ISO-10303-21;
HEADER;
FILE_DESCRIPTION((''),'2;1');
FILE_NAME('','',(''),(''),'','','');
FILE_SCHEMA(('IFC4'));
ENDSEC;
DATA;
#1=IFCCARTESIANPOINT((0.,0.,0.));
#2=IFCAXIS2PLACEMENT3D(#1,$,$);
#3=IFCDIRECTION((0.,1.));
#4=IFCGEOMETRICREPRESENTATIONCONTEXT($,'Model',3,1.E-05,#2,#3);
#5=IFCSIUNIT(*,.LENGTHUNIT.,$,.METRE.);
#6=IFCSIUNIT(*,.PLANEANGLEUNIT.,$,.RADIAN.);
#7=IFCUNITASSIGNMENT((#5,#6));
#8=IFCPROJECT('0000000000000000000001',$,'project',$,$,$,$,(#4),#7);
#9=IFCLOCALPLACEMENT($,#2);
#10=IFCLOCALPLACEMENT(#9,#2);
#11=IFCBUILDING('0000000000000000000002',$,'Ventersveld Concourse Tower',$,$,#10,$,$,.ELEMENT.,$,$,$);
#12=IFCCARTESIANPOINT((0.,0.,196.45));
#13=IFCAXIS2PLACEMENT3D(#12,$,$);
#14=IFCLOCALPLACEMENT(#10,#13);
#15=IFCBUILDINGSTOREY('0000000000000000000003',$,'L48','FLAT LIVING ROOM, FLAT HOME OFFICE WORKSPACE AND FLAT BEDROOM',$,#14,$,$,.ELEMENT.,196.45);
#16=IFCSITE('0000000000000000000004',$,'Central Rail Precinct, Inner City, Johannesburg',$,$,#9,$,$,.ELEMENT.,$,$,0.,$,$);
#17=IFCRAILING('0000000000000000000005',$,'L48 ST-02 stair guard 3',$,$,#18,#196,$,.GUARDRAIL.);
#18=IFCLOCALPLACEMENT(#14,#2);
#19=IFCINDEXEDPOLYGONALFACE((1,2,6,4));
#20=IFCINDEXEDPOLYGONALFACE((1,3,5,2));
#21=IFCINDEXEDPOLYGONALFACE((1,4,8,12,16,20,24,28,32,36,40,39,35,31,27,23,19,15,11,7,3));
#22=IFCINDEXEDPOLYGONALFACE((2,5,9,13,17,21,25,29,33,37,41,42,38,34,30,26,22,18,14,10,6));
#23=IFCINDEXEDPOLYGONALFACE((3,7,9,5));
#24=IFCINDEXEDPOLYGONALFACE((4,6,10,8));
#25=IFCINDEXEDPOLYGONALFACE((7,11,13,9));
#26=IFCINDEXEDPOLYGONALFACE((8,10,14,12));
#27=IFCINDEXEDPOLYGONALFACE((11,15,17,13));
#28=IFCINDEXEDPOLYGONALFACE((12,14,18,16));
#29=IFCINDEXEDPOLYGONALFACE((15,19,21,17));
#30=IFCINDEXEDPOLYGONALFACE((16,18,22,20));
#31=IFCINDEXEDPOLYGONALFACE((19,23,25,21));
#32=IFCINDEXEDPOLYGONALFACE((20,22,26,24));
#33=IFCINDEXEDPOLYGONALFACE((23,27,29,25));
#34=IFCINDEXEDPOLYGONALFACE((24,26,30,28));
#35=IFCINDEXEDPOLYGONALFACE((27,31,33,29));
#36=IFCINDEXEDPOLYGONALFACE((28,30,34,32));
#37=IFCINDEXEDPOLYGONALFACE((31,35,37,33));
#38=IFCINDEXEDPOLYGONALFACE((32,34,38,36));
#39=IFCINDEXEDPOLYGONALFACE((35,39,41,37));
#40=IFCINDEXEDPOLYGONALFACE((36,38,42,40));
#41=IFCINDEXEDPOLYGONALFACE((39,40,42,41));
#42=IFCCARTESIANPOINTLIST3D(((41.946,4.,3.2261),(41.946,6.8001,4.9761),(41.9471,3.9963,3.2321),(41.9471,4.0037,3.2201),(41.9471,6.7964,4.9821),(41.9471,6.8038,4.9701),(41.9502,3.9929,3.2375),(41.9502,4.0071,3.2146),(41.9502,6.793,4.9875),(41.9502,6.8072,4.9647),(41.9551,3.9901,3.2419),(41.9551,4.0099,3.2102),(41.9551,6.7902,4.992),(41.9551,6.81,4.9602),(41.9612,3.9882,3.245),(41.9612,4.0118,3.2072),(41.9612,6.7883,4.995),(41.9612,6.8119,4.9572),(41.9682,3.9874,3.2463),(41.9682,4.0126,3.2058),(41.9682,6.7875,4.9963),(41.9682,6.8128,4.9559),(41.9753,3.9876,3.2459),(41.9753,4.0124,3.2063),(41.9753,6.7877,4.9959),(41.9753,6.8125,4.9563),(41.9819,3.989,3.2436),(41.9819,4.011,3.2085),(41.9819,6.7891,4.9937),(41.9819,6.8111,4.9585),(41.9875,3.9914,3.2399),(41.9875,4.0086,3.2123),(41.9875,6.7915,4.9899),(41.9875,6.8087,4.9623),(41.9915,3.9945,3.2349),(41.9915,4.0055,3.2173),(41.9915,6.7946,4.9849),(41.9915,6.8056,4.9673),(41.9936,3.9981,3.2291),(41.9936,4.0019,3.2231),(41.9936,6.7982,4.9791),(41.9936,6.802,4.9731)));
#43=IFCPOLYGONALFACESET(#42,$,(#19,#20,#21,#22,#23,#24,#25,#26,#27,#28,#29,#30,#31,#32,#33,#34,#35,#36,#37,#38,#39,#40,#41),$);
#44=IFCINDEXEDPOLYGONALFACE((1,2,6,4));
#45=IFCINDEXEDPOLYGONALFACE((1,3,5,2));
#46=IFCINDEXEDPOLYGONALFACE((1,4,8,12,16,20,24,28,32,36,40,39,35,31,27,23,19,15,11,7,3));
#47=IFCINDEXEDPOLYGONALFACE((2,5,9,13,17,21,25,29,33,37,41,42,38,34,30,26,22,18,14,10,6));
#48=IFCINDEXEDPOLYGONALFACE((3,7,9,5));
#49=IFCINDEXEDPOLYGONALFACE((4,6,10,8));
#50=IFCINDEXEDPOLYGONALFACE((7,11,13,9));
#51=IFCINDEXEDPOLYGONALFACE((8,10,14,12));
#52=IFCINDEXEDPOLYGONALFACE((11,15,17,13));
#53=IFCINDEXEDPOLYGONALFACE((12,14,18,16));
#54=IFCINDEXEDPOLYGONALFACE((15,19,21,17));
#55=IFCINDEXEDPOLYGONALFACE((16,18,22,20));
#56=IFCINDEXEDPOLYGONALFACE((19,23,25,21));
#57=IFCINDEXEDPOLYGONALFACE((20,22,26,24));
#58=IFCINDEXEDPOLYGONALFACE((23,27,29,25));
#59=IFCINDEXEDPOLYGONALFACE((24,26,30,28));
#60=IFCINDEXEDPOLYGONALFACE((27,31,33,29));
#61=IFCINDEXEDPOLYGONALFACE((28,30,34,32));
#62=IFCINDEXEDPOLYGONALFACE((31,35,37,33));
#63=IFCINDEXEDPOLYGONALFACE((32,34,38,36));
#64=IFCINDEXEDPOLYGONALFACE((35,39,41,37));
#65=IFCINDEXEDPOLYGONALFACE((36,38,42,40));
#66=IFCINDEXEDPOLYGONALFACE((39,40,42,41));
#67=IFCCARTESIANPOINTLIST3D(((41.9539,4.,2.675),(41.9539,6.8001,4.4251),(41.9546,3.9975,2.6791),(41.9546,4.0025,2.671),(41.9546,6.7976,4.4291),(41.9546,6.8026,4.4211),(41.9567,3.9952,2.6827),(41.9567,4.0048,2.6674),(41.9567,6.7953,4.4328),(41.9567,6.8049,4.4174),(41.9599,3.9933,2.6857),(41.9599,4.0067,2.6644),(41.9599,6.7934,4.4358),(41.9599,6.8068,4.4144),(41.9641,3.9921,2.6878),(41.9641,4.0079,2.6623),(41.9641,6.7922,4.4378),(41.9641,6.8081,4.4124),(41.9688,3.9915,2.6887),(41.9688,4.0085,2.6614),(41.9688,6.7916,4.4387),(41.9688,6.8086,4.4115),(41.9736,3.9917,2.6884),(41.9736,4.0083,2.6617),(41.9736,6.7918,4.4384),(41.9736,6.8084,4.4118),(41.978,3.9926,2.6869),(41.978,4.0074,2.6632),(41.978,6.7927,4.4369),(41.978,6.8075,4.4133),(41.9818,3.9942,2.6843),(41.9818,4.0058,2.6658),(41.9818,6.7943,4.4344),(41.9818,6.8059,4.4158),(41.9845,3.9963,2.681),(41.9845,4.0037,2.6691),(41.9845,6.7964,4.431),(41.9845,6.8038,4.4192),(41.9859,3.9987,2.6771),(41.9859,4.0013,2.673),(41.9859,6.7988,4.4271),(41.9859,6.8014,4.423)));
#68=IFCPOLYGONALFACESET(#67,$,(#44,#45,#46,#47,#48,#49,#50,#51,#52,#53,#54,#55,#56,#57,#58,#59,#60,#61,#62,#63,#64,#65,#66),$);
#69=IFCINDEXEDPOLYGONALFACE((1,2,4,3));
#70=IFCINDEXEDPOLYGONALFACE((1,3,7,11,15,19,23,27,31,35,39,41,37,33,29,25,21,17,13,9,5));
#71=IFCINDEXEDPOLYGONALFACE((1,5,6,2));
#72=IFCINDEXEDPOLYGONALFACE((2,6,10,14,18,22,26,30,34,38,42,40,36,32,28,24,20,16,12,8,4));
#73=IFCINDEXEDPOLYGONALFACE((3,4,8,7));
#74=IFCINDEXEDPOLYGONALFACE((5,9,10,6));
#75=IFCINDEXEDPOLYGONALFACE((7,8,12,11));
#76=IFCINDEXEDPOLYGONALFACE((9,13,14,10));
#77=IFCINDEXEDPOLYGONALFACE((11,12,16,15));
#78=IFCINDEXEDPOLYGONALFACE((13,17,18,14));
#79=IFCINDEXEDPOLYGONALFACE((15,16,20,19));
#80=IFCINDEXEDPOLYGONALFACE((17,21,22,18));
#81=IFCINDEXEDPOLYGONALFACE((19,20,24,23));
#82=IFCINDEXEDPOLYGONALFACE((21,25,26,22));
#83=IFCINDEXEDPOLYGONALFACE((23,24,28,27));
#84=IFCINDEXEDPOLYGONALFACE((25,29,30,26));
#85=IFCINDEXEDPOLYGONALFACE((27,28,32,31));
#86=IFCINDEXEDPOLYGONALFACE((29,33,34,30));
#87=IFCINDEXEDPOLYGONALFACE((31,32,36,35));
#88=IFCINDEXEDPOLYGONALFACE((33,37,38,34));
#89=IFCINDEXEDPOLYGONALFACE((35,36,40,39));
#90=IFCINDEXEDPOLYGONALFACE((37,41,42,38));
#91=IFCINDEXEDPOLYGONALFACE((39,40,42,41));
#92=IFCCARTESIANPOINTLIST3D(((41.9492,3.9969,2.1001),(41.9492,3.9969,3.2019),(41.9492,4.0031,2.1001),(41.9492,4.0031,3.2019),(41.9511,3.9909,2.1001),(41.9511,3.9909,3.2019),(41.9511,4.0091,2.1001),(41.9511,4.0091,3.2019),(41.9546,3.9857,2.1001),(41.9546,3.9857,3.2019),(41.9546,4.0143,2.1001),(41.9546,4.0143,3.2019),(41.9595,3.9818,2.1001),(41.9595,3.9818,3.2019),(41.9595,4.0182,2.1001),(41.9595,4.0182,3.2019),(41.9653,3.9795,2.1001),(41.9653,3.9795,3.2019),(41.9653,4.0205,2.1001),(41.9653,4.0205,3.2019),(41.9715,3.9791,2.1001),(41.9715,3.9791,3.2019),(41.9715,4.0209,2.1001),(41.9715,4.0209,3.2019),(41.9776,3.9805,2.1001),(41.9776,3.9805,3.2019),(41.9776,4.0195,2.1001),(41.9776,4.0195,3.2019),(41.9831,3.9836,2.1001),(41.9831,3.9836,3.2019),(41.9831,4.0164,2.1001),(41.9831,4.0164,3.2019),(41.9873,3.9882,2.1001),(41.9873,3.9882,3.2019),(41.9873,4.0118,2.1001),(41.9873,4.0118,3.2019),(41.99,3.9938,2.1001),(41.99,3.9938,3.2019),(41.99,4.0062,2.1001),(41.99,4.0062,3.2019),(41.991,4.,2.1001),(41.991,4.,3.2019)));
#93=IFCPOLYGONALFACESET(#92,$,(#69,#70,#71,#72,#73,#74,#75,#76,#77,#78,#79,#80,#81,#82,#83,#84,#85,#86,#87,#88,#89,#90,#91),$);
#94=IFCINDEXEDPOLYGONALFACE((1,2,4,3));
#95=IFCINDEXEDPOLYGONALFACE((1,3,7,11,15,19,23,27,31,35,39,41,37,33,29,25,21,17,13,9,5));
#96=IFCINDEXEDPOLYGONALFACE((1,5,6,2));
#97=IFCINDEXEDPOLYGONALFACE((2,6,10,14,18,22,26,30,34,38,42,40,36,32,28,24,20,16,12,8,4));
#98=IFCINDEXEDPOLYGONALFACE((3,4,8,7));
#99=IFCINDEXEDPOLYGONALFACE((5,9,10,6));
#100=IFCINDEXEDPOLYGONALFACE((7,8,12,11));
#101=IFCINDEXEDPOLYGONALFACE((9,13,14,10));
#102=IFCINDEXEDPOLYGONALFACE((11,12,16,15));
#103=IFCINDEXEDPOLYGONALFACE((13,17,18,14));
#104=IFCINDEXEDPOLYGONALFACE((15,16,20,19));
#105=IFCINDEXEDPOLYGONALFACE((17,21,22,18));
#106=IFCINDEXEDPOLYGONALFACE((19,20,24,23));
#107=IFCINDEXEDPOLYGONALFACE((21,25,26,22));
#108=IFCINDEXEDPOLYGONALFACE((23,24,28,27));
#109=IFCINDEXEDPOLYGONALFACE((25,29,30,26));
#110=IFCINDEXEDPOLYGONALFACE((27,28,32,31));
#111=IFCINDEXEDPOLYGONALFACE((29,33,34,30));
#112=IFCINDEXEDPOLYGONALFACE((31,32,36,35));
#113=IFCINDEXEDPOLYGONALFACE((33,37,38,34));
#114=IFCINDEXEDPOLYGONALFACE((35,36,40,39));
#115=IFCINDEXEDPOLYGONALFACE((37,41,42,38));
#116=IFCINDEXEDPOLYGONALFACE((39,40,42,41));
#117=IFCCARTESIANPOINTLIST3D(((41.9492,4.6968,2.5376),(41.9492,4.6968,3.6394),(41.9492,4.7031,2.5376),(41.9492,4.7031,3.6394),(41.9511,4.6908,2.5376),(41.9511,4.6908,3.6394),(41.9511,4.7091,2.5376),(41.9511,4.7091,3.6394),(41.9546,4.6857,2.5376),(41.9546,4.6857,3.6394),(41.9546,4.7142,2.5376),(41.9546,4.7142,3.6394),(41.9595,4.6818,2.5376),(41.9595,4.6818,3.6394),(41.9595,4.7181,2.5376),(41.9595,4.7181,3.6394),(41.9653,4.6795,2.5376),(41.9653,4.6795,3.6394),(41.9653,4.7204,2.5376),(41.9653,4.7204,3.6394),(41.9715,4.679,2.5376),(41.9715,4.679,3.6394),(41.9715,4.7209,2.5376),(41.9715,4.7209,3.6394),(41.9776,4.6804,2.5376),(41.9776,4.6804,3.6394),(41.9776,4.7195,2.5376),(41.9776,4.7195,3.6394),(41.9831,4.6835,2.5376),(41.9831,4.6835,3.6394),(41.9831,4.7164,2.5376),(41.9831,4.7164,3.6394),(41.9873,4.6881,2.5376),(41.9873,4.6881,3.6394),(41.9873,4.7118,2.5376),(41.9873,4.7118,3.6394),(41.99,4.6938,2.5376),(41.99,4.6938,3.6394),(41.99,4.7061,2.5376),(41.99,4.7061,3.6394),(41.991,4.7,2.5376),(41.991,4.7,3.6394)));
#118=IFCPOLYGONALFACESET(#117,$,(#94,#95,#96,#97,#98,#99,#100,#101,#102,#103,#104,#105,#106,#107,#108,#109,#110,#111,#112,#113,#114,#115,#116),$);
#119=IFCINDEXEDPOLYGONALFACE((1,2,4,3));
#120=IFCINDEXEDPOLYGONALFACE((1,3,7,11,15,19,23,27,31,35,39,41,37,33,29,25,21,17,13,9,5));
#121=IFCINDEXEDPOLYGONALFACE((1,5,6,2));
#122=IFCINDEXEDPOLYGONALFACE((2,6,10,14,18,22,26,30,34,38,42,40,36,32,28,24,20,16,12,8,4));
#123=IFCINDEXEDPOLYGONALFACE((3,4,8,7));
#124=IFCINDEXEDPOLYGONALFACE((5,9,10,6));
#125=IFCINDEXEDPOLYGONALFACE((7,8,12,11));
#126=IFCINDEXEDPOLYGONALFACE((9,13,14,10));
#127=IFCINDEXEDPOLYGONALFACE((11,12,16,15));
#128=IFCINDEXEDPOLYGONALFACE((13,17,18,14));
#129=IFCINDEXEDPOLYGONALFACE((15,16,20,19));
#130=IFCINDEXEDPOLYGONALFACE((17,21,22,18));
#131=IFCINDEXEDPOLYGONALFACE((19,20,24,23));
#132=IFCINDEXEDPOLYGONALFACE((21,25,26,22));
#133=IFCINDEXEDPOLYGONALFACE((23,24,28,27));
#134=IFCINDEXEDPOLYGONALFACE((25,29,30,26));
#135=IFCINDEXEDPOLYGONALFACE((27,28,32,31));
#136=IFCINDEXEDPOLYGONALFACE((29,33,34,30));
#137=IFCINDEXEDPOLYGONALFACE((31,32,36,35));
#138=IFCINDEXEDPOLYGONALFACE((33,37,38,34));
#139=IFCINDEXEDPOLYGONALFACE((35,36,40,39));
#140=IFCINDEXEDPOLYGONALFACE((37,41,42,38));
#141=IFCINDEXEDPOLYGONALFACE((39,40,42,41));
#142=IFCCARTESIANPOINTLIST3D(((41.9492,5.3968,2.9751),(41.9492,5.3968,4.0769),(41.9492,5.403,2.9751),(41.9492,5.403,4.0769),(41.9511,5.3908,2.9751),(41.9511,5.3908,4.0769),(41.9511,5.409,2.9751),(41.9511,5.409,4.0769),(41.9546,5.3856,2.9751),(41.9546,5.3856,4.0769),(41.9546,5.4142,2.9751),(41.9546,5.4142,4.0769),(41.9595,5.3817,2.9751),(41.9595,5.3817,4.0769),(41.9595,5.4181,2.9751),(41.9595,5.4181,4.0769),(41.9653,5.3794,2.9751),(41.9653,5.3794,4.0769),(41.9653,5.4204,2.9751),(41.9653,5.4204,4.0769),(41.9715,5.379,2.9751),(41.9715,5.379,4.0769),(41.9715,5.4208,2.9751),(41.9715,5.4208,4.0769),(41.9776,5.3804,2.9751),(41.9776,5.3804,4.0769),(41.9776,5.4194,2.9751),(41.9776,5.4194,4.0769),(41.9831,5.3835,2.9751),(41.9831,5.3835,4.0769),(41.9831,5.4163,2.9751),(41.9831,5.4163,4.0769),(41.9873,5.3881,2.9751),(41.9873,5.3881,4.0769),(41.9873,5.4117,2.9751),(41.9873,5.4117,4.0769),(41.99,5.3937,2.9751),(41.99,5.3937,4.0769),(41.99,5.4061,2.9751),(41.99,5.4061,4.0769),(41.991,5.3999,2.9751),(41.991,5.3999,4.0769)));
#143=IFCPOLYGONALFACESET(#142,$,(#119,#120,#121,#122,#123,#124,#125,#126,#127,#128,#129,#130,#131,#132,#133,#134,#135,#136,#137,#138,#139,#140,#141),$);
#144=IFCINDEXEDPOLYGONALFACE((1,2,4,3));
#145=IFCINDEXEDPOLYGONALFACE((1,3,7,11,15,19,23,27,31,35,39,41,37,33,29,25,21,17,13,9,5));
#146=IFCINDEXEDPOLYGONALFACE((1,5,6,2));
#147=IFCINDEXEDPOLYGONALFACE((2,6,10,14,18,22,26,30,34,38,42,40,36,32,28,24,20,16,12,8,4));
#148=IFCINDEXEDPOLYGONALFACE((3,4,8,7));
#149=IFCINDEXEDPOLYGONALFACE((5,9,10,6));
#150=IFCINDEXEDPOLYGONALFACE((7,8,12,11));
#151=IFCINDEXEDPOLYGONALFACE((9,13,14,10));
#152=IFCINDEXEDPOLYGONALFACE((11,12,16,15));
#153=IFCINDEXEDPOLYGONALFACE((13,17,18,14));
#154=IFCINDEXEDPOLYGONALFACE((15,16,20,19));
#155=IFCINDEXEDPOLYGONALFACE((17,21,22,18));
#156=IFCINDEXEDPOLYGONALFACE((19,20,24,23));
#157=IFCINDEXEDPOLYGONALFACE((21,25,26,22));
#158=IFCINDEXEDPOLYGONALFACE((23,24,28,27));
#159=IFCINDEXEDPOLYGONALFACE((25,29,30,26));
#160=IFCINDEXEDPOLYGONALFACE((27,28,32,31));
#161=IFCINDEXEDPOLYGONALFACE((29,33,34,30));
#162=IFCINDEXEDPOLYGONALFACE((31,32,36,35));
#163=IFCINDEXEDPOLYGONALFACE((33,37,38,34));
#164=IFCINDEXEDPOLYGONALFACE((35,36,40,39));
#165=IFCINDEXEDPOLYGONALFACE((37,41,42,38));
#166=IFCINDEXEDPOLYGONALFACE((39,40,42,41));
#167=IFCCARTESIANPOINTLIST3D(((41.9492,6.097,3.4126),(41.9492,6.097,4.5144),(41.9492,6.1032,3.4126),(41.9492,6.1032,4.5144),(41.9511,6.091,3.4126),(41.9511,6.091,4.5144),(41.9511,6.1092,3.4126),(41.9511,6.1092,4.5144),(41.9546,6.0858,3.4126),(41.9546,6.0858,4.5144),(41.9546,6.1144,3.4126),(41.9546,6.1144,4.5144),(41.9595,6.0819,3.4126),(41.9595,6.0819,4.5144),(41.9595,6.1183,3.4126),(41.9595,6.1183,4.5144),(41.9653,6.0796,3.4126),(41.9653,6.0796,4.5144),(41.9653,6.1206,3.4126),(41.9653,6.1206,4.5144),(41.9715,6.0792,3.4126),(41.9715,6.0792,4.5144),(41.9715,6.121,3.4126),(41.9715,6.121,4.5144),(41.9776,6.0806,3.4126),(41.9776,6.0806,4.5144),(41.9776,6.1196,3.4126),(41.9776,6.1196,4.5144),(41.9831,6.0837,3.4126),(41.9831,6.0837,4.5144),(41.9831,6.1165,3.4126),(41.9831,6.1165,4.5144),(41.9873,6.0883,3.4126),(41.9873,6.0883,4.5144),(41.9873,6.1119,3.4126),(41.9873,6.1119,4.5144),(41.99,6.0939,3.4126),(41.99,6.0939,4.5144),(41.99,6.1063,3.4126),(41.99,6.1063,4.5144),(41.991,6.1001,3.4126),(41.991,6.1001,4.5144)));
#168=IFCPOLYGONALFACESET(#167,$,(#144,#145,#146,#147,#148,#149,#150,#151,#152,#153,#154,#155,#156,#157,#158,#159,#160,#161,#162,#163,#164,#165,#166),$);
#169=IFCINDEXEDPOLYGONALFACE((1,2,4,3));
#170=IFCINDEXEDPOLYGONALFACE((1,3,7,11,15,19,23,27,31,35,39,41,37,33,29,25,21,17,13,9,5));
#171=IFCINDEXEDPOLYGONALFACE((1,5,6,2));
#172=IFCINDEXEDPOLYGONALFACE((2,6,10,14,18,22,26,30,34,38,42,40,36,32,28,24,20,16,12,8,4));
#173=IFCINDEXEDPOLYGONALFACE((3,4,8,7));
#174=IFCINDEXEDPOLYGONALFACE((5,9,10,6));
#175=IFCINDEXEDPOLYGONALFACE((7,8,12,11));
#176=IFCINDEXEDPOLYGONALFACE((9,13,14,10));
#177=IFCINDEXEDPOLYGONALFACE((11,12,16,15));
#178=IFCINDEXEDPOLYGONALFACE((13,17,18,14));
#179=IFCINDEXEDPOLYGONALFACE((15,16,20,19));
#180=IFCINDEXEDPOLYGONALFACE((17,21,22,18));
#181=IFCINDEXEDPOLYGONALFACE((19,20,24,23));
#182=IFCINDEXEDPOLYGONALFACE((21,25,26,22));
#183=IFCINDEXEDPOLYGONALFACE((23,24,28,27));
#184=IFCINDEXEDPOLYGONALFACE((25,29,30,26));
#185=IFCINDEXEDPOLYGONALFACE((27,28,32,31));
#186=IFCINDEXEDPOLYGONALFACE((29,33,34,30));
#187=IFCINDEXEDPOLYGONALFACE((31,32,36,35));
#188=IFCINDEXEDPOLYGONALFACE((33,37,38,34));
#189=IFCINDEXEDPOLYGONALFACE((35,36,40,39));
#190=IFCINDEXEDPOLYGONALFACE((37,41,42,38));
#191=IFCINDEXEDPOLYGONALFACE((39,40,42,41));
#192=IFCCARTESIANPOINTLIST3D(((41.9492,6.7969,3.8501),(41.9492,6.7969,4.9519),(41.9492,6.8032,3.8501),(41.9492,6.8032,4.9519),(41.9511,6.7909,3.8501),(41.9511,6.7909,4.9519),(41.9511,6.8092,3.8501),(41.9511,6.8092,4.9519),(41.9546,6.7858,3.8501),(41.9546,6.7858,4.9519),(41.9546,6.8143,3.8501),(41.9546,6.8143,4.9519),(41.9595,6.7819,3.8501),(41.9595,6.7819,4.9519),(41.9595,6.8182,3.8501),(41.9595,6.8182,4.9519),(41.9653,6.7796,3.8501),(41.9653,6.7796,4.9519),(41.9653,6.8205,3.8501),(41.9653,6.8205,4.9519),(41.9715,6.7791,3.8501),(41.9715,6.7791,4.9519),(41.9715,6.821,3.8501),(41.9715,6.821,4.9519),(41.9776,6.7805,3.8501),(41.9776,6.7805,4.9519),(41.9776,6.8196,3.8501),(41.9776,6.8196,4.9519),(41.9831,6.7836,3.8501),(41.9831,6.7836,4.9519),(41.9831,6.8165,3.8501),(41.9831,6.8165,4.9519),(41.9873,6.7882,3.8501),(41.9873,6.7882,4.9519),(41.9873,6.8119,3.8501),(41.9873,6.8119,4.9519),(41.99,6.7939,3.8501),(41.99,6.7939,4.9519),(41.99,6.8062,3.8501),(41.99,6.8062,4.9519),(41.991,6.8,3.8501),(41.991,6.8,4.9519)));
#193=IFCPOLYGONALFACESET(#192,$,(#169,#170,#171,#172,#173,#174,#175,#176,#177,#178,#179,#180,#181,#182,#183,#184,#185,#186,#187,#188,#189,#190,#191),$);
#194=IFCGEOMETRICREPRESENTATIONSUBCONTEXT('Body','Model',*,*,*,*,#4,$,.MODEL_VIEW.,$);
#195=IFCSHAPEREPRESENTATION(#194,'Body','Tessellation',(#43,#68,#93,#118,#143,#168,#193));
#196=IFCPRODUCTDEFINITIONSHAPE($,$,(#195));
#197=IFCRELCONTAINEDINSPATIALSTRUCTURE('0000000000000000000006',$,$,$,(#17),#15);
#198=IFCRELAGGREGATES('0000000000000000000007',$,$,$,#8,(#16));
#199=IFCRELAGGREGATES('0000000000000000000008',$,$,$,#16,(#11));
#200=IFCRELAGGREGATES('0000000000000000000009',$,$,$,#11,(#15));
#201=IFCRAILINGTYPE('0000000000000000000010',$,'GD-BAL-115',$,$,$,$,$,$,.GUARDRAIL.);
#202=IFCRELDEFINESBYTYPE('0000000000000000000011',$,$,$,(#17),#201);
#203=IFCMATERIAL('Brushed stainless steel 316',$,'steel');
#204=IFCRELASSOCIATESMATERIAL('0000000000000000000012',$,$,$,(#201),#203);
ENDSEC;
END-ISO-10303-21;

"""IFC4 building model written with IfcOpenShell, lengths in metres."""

from ifc_helpers import new_model, si_unit, direction, frame, origin, origin_2d, place, context, subcontext, project, spatial, circle, extrude, material, type_object, element, save


model = new_model("IFC4")

# Units and contexts
model_context = context("Model", 3, precision=1e-05, world=origin(), true_north=direction((0.0, 1.0)))
body_context = subcontext(model_context, "Body", "Model", "MODEL_VIEW")
ifc_project = project(units=[si_unit("LENGTHUNIT", "METRE"), si_unit("PLANEANGLEUNIT", "RADIAN")], contexts=[model_context])

# Site, building, storey
site_placement = place(None, origin())
site = spatial("IfcSite", under=ifc_project, at=site_placement, Name="Central Rail Precinct, Inner City, Johannesburg", CompositionType="ELEMENT", RefElevation=0.0)
building_placement = place(site_placement, origin())
building = spatial("IfcBuilding", under=site, at=building_placement, Name="Ventersveld Concourse Tower", CompositionType="ELEMENT")
storey_placement = place(building_placement, frame((0.0, 0.0, 196.45)))
storey = spatial("IfcBuildingStorey", under=building, at=storey_placement, Name="L48", Description="FLAT LIVING ROOM, FLAT HOME OFFICE WORKSPACE AND FLAT BEDROOM", CompositionType="ELEMENT", Elevation=196.45)

# Shared definitions
ifc_material_1 = material(Name="Brushed stainless steel 316", Category="steel")

# Railing
railing_type_1 = type_object("IfcRailingType", Name="GD-BAL-115", PredefinedType="GUARDRAIL", material=ifc_material_1)
railing_1_placement = place(storey_placement, frame((41.97, 4.0, 2.1001)))
element("IfcRailing", 1, at=railing_1_placement, inside=storey, type_object=railing_type_1, Name="L48 ST-02 stair guard 3", PredefinedType="GUARDRAIL", context=body_context, shape_type="SweptSolid", body=[
    extrude(circle(Radius=0.0239, at=origin_2d()), frame((0.0, 0.0, 1.126), z_axis=(0.0, 0.848002, 0.529992), x_axis=(-1.0, 0.0, 0.0)), (0.0, 0.0, 1.0), 3.302),
    extrude(circle(Radius=0.0161, at=origin_2d()), frame((0.0, 0.0, 0.575), z_axis=(0.0, 0.848002, 0.529992), x_axis=(-1.0, 0.0, 0.0)), (0.0, 0.0, 1.0), 3.302),
    extrude(circle(Radius=0.021, at=origin_2d()), origin(), (0.0, 0.0, 1.0), 1.1018),
    extrude(circle(Radius=0.021, at=origin_2d()), frame((0.0, 0.7, 0.4375)), (0.0, 0.0, 1.0), 1.1018),
    extrude(circle(Radius=0.021, at=origin_2d()), frame((0.0, 1.3999, 0.875)), (0.0, 0.0, 1.0), 1.1018),
    extrude(circle(Radius=0.021, at=origin_2d()), frame((0.0, 2.1001, 1.3125)), (0.0, 0.0, 1.0), 1.1018),
    extrude(circle(Radius=0.021, at=origin_2d()), frame((0.0, 2.8, 1.75)), (0.0, 0.0, 1.0), 1.1018),
])

save(model, "model.ifc")
